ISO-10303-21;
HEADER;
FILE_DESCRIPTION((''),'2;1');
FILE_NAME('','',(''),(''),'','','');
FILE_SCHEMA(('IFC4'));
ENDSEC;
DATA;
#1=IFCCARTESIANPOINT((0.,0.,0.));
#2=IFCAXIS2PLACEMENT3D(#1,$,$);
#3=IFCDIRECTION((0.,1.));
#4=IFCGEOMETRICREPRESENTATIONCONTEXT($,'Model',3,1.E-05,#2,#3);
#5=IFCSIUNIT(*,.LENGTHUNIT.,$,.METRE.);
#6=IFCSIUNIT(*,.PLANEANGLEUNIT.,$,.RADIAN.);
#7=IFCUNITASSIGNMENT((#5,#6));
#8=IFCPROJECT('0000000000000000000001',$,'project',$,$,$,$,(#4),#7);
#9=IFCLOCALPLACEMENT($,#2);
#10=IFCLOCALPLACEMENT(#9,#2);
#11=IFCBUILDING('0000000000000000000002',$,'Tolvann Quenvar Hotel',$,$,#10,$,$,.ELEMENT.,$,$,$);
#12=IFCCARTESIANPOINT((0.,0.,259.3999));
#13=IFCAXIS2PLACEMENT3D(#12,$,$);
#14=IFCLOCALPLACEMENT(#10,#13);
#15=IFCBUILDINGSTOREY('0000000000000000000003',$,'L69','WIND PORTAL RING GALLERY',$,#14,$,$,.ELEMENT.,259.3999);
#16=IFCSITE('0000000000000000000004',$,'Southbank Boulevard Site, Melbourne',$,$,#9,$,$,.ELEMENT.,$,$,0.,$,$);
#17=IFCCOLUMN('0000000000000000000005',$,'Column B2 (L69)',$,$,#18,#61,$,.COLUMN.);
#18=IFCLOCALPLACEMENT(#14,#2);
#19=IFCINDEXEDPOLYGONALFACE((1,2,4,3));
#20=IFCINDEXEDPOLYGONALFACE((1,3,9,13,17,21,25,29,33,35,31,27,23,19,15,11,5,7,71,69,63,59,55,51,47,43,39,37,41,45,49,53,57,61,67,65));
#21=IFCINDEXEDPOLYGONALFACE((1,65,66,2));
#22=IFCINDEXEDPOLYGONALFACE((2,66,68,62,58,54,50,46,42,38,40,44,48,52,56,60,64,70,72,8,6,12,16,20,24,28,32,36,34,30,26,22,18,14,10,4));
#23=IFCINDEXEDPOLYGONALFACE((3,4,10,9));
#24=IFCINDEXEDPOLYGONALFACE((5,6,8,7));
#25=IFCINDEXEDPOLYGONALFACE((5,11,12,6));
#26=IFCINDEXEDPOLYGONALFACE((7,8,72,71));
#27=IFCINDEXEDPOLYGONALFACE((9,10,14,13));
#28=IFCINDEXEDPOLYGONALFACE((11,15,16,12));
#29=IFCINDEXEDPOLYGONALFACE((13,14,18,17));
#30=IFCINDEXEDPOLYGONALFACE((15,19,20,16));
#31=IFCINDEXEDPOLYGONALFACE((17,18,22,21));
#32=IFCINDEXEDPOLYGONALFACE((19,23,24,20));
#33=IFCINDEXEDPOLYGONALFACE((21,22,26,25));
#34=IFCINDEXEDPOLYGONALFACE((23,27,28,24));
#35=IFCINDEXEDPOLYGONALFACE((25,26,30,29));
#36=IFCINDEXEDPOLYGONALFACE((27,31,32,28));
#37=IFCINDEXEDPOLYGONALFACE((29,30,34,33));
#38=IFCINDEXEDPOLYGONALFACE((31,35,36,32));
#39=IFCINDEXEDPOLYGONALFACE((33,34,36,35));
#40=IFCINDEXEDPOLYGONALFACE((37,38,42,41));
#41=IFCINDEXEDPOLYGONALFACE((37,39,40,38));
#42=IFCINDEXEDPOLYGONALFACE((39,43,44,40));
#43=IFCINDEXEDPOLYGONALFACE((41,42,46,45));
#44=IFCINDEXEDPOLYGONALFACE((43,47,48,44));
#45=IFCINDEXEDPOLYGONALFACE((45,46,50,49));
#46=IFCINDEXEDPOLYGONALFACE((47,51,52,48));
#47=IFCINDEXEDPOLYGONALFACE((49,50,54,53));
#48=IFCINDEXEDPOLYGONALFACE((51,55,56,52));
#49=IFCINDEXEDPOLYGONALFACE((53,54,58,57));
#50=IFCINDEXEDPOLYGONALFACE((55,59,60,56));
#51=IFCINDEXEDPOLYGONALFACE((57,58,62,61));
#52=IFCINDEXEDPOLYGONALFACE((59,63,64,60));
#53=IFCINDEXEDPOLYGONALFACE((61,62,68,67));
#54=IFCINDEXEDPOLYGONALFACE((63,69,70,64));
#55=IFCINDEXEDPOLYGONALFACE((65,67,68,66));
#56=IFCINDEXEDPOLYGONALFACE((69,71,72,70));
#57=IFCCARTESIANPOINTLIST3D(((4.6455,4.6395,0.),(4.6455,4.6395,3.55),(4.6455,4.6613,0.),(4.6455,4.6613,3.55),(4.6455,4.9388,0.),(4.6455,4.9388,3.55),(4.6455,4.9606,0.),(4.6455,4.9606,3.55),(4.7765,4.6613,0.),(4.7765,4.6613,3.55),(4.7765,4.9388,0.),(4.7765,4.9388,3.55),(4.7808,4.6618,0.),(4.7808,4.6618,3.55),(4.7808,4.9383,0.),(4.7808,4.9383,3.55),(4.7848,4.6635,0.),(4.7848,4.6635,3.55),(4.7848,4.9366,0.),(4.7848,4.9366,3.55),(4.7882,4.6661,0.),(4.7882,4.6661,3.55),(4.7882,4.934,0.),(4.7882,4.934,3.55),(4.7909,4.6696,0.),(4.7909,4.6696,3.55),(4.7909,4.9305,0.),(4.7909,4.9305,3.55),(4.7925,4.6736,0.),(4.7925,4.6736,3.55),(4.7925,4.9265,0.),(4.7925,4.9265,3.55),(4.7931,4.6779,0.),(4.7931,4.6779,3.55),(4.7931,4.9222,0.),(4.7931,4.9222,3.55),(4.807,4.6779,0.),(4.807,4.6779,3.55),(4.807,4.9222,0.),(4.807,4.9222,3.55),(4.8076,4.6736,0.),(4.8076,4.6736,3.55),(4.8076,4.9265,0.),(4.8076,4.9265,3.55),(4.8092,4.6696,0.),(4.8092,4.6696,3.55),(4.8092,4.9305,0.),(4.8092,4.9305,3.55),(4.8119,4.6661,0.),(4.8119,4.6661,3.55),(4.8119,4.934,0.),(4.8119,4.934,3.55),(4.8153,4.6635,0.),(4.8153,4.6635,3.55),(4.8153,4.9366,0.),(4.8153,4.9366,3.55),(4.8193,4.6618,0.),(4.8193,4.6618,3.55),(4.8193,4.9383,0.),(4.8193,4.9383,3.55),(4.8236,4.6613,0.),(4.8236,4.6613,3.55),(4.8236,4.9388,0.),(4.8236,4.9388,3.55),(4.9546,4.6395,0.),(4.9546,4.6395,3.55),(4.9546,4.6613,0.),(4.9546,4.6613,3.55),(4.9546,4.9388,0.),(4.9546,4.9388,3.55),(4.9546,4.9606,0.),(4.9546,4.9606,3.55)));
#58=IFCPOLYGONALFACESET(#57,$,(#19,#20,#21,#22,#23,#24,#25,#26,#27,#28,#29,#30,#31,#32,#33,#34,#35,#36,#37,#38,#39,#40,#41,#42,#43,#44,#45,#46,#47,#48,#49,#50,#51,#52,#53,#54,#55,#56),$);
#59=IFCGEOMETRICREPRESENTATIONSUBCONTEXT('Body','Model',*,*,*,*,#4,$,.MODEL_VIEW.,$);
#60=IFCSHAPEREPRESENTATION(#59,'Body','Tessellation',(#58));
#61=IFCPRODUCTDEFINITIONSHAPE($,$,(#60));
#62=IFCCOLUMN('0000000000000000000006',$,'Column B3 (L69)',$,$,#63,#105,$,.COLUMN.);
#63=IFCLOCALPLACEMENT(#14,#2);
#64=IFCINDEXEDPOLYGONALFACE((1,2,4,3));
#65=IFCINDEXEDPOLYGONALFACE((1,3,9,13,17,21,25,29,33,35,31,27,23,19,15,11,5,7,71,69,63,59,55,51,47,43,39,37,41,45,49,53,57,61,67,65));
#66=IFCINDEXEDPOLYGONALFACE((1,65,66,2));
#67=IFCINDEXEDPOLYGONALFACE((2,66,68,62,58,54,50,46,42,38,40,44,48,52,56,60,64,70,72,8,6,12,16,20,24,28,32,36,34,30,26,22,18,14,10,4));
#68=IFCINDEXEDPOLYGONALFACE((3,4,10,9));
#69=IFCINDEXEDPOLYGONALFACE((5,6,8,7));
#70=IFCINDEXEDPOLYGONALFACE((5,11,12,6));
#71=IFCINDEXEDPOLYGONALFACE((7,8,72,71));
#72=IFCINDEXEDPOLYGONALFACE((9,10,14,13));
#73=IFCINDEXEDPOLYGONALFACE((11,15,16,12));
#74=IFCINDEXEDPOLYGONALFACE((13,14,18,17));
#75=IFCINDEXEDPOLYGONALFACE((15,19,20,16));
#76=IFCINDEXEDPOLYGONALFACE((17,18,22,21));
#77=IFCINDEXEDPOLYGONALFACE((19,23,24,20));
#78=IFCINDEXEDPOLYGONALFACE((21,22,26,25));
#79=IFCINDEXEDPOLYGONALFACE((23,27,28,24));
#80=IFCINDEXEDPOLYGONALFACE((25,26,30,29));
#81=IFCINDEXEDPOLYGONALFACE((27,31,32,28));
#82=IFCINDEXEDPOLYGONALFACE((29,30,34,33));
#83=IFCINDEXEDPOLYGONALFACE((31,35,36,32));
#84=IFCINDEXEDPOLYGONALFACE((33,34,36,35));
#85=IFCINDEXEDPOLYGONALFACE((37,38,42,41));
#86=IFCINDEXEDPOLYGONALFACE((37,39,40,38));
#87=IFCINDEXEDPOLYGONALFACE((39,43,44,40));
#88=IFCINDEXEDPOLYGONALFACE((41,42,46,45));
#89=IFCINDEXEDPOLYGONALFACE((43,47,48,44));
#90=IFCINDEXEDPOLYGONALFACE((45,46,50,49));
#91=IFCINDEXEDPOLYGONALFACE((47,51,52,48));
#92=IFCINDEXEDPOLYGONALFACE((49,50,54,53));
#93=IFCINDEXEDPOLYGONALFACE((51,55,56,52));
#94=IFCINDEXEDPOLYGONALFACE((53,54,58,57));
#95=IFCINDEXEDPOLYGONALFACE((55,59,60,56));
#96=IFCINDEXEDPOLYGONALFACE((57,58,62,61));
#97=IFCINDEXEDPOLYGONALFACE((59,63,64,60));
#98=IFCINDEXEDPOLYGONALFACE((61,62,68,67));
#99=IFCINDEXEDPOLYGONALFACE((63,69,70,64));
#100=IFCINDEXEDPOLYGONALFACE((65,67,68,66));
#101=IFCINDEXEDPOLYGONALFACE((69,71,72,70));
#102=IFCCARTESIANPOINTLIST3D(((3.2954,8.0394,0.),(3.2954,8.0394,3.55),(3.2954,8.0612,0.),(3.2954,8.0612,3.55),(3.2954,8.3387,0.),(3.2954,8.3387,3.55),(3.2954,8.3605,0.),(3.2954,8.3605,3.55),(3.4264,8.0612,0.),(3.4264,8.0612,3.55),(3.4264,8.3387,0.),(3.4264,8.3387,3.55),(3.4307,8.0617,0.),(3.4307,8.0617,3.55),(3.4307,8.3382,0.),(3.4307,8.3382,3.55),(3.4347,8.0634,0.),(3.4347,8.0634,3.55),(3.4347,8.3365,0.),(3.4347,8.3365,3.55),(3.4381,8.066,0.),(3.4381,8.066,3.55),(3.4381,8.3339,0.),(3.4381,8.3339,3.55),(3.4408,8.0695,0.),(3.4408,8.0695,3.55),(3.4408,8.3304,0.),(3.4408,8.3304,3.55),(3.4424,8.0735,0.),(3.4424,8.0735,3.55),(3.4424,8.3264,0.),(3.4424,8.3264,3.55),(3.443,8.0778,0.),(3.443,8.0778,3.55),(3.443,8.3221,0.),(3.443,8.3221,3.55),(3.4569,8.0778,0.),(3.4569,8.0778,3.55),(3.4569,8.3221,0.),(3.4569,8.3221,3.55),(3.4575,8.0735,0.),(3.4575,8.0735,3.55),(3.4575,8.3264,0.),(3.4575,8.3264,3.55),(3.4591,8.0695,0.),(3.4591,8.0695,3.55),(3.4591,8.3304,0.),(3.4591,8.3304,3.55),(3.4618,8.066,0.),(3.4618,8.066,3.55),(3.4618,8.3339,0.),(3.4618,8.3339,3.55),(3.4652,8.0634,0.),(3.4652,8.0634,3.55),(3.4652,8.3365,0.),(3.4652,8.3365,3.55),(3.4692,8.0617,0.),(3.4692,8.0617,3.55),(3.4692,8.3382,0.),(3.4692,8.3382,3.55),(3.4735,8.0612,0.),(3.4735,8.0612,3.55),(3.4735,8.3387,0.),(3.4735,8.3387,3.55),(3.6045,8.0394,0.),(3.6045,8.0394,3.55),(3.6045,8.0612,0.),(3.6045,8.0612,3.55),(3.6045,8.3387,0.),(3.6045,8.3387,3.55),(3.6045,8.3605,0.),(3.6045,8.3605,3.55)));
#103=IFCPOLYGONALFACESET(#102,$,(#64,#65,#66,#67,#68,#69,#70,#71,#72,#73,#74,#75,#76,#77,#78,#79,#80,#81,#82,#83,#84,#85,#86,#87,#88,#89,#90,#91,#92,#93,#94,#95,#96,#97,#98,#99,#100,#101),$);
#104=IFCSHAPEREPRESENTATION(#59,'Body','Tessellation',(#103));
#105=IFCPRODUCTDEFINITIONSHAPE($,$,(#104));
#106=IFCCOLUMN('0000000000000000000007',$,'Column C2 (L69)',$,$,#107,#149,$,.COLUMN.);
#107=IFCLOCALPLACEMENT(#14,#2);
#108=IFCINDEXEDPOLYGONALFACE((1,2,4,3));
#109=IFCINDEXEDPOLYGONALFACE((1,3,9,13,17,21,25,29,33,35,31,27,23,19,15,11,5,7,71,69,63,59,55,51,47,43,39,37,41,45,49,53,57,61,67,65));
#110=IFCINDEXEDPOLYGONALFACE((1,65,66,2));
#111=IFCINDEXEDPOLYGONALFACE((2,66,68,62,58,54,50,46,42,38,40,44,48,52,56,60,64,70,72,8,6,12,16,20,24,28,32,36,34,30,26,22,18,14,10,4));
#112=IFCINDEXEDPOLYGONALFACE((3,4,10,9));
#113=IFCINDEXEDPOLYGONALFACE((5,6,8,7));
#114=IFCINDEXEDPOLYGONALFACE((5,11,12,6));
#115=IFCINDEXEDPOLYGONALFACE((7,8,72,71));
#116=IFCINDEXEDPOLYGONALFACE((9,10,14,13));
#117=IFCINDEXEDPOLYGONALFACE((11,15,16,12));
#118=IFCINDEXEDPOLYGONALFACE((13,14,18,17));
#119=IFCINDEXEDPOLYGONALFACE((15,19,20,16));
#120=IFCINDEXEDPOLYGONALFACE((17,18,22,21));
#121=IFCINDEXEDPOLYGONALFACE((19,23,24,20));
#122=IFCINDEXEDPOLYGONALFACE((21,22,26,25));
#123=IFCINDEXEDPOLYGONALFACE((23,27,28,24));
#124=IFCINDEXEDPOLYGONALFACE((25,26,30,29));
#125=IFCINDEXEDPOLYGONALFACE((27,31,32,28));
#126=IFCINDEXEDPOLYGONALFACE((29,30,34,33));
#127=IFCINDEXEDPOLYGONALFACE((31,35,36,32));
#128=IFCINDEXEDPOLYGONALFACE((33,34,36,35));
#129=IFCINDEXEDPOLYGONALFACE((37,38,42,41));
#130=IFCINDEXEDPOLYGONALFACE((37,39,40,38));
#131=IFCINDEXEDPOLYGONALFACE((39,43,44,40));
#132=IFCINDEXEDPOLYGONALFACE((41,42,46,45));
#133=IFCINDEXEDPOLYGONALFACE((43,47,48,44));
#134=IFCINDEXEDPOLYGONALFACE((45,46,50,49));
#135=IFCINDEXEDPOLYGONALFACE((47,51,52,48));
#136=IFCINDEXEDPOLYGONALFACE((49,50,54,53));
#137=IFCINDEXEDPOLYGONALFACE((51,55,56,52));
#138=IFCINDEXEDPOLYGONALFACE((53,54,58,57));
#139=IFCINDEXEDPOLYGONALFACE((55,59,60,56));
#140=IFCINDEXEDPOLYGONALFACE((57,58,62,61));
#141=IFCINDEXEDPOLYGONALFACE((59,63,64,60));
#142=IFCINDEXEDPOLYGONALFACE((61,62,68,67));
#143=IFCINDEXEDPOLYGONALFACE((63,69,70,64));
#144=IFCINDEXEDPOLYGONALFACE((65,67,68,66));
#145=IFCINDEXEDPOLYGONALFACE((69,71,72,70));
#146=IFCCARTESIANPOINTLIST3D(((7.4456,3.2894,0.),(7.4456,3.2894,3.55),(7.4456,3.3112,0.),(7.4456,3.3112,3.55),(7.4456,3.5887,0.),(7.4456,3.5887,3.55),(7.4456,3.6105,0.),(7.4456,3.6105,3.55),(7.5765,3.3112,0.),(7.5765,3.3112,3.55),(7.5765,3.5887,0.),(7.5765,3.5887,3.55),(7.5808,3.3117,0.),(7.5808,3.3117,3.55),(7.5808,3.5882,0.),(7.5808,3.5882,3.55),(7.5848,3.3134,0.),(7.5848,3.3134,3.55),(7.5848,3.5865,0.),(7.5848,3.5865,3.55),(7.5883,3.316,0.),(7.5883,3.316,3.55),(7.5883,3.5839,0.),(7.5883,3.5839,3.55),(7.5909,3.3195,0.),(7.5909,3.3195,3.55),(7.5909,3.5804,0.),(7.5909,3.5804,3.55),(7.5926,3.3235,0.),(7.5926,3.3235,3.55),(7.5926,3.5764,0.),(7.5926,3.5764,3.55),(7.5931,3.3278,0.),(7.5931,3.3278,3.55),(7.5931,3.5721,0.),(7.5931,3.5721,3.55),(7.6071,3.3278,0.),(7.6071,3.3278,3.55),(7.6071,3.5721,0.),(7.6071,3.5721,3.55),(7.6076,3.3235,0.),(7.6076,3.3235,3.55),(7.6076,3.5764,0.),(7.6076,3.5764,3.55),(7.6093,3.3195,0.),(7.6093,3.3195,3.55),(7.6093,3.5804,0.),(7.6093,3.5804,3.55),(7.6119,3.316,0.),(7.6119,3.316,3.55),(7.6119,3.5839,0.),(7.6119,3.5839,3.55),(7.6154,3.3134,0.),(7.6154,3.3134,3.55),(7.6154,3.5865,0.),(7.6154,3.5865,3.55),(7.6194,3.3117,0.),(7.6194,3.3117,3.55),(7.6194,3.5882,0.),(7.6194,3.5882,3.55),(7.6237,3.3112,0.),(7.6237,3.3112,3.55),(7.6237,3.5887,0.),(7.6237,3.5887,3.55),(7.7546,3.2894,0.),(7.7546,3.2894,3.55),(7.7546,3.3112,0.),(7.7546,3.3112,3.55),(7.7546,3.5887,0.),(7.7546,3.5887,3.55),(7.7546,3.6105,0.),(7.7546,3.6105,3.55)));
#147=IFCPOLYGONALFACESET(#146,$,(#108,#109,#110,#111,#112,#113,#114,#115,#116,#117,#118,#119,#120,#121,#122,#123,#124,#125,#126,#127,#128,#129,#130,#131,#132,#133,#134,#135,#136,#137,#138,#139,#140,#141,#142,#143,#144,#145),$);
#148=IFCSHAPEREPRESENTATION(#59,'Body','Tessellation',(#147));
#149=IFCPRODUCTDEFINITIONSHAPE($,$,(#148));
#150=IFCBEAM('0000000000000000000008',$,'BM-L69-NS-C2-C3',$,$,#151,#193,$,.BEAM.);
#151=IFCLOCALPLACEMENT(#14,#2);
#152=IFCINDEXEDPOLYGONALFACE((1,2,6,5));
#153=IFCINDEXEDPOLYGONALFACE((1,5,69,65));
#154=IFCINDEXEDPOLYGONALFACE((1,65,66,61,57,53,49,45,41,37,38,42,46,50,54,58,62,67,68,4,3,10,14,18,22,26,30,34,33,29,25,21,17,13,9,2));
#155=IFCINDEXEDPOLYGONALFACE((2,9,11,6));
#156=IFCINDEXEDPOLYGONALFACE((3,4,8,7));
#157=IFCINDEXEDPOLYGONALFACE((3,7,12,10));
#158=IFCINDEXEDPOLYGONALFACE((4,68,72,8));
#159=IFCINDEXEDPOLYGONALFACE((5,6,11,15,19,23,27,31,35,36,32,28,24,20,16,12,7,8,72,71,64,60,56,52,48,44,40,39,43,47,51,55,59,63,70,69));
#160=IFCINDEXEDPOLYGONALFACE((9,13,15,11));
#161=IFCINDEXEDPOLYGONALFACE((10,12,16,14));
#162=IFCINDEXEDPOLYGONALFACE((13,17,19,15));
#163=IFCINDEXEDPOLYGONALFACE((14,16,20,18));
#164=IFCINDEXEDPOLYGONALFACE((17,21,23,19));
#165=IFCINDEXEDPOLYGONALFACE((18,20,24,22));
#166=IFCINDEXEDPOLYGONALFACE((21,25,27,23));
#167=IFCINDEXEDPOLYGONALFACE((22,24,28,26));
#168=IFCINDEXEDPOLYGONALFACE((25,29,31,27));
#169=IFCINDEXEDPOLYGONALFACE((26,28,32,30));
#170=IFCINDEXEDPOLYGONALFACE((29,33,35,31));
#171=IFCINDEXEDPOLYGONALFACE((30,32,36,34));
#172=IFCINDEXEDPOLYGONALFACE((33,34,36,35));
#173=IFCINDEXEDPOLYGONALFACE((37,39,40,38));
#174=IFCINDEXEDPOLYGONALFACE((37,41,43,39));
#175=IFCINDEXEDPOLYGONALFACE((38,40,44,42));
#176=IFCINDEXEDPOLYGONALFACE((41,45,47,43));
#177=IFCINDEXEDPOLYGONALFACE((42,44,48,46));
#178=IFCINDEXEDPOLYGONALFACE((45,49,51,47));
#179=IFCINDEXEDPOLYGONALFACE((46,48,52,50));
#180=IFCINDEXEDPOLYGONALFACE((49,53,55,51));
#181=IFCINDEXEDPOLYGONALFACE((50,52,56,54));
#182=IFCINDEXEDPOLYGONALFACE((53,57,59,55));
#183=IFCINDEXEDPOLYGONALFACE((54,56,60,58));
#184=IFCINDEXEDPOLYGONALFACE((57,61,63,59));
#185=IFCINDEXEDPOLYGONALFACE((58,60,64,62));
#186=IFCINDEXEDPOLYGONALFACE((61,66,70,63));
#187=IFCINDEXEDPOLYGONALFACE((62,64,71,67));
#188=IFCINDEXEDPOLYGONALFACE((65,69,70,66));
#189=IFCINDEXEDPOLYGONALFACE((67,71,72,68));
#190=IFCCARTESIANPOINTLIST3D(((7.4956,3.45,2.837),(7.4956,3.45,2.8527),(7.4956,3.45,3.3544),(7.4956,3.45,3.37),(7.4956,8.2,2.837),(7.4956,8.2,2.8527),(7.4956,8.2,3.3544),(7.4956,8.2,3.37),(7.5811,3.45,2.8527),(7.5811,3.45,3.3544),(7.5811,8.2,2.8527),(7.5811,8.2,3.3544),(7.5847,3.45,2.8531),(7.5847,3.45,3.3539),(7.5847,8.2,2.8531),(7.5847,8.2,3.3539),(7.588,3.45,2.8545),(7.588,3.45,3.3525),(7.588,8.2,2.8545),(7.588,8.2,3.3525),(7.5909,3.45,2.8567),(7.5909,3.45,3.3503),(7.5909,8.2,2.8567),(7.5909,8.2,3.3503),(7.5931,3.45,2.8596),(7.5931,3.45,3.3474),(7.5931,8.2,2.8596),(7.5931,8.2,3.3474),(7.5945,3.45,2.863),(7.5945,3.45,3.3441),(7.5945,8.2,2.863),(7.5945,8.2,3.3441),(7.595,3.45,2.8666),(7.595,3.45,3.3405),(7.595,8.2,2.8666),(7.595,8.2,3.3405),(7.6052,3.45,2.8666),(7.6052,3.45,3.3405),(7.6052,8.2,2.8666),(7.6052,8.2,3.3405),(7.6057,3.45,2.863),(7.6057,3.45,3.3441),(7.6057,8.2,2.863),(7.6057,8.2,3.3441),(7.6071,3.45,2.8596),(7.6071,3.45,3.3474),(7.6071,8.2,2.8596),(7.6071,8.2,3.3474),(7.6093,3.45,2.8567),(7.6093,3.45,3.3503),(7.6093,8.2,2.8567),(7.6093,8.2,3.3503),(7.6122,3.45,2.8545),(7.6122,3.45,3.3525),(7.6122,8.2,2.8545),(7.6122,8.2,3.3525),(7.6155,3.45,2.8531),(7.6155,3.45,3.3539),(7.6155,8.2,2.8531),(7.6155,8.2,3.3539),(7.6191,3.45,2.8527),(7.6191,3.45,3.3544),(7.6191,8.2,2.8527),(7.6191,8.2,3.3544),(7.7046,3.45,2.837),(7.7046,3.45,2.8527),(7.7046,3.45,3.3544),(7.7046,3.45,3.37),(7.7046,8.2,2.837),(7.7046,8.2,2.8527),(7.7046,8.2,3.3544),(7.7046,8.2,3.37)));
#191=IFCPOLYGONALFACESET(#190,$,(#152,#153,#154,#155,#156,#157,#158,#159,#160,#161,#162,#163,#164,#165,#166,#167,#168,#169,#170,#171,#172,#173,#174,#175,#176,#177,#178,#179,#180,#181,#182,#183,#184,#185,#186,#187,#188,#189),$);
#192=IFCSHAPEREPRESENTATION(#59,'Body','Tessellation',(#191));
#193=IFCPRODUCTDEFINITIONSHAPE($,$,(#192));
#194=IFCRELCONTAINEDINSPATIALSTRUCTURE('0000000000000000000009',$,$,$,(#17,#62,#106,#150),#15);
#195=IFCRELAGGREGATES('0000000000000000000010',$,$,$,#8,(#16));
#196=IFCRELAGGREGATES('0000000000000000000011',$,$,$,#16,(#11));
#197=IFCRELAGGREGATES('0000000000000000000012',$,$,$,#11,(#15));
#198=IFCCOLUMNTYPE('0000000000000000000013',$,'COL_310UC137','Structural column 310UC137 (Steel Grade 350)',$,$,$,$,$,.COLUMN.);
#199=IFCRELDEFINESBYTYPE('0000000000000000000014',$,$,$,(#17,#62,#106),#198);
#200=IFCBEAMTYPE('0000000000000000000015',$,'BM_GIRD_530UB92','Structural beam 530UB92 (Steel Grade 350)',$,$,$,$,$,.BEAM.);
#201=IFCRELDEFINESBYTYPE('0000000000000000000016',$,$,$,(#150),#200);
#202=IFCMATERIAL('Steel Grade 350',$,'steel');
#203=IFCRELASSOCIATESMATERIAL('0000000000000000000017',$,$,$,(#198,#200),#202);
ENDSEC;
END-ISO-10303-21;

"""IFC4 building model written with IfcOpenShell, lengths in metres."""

from ifc_helpers import new_model, si_unit, direction, frame, origin, origin_2d, place, context, subcontext, project, spatial, i_section, extrude, source, transform, mapped, material, material_profile, profile_set, type_object, type_shapes, element, save


model = new_model("IFC4")

# Units and contexts
model_context = context("Model", 3, precision=1e-05, world=origin(), true_north=direction((0.0, 1.0)))
body_context = subcontext(model_context, "Body", "Model", "MODEL_VIEW")
ifc_project = project(units=[si_unit("LENGTHUNIT", "METRE"), si_unit("PLANEANGLEUNIT", "RADIAN")], contexts=[model_context])

# Site, building, storey
site_placement = place(None, origin())
site = spatial("IfcSite", under=ifc_project, at=site_placement, Name="Southbank Boulevard Site, Melbourne", CompositionType="ELEMENT", RefElevation=0.0)
building_placement = place(site_placement, origin())
building = spatial("IfcBuilding", under=site, at=building_placement, Name="Tolvann Quenvar Hotel", CompositionType="ELEMENT")
storey_placement = place(building_placement, frame((0.0, 0.0, 259.3999)))
storey = spatial("IfcBuildingStorey", under=building, at=storey_placement, Name="L69", Description="WIND PORTAL RING GALLERY", CompositionType="ELEMENT", Elevation=259.3999)

# Columns
ifc_material_1 = material(Name="Steel Grade 350", Category="steel")
ifc_material_profile_1 = material_profile(ifc_material_1, i_section(OverallWidth=0.3091, OverallDepth=0.321, WebThickness=0.0139, FlangeThickness=0.0217, FilletRadius=0.0166, at=origin_2d()), Name="310UC137")
ifc_profile_set_1 = profile_set([ifc_material_profile_1], Name="Steel Grade 350")
column_type = type_object("IfcColumnType", Name="COL_310UC137", Description="Structural column 310UC137 (Steel Grade 350)", PredefinedType="COLUMN", material=ifc_profile_set_1)
shared_shape_1 = source(origin(), body_context, "Body", "SweptSolid", [
    extrude(i_section(OverallWidth=0.3091, OverallDepth=0.321, WebThickness=0.0139, FlangeThickness=0.0217, FilletRadius=0.0166, at=origin_2d()), origin(), (0.0, 0.0, 1.0), 3.55),
])
type_shapes(column_type, [shared_shape_1])
for number, where, z_axis, x_axis, name in (
    (1, (4.8, 4.8, 0.0), (0.0, 0.0, 1.0), (1.0, 0.0, 0.0), "Column B2 (L69)"),
    (2, (3.45, 8.2, 0.0), (0.0, 0.0, 1.0), (1.0, 0.0, 0.0), "Column B3 (L69)"),
    (3, (7.6001, 3.45, 0.0), (0.0, 0.0, 1.0), (1.0, 0.0, 0.0), "Column C2 (L69)"),
):
    element("IfcColumn", number, at=place(storey_placement, frame(where, z_axis=z_axis, x_axis=x_axis)), inside=storey, type_object=column_type, Name=name, PredefinedType="COLUMN", context=body_context, shape_type="MappedRepresentation", body=[
        mapped(shared_shape_1, transform((0.0, 0.0, 0.0), x_axis=(1.0, 0.0, 0.0), y_axis=(0.0, 1.0, 0.0), z_axis=(0.0, 0.0, 1.0), scale=1.0)),
    ])

# Beam
ifc_material_profile_2 = material_profile(ifc_material_1, i_section(OverallWidth=0.209, OverallDepth=0.533, WebThickness=0.0103, FlangeThickness=0.0156, FilletRadius=0.0139, at=origin_2d()), Name="530UB92")
ifc_profile_set_2 = profile_set([ifc_material_profile_2], Name="Steel Grade 350")
beam_type_1 = type_object("IfcBeamType", Name="BM_GIRD_530UB92", Description="Structural beam 530UB92 (Steel Grade 350)", PredefinedType="BEAM", material=ifc_profile_set_2)
shared_shape_2 = source(origin(), body_context, "Body", "SweptSolid", [
    extrude(i_section(OverallWidth=0.209, OverallDepth=0.533, WebThickness=0.0103, FlangeThickness=0.0156, FilletRadius=0.0139, at=origin_2d()), origin(), (0.0, 0.0, 1.0), 4.75),
])
beam_1_placement = place(storey_placement, frame((7.6001, 3.45, 3.1035), z_axis=(0.0, 1.0, 0.0), x_axis=(-1.0, 0.0, 0.0)))
element("IfcBeam", 4, at=beam_1_placement, inside=storey, type_object=beam_type_1, Name="BM-L69-NS-C2-C3", PredefinedType="BEAM", context=body_context, shape_type="MappedRepresentation", body=[
    mapped(shared_shape_2, transform((0.0, 0.0, 0.0), x_axis=(1.0, 0.0, 0.0), y_axis=(0.0, 1.0, 0.0), z_axis=(0.0, 0.0, 1.0), scale=1.0)),
])

save(model, "model.ifc")
